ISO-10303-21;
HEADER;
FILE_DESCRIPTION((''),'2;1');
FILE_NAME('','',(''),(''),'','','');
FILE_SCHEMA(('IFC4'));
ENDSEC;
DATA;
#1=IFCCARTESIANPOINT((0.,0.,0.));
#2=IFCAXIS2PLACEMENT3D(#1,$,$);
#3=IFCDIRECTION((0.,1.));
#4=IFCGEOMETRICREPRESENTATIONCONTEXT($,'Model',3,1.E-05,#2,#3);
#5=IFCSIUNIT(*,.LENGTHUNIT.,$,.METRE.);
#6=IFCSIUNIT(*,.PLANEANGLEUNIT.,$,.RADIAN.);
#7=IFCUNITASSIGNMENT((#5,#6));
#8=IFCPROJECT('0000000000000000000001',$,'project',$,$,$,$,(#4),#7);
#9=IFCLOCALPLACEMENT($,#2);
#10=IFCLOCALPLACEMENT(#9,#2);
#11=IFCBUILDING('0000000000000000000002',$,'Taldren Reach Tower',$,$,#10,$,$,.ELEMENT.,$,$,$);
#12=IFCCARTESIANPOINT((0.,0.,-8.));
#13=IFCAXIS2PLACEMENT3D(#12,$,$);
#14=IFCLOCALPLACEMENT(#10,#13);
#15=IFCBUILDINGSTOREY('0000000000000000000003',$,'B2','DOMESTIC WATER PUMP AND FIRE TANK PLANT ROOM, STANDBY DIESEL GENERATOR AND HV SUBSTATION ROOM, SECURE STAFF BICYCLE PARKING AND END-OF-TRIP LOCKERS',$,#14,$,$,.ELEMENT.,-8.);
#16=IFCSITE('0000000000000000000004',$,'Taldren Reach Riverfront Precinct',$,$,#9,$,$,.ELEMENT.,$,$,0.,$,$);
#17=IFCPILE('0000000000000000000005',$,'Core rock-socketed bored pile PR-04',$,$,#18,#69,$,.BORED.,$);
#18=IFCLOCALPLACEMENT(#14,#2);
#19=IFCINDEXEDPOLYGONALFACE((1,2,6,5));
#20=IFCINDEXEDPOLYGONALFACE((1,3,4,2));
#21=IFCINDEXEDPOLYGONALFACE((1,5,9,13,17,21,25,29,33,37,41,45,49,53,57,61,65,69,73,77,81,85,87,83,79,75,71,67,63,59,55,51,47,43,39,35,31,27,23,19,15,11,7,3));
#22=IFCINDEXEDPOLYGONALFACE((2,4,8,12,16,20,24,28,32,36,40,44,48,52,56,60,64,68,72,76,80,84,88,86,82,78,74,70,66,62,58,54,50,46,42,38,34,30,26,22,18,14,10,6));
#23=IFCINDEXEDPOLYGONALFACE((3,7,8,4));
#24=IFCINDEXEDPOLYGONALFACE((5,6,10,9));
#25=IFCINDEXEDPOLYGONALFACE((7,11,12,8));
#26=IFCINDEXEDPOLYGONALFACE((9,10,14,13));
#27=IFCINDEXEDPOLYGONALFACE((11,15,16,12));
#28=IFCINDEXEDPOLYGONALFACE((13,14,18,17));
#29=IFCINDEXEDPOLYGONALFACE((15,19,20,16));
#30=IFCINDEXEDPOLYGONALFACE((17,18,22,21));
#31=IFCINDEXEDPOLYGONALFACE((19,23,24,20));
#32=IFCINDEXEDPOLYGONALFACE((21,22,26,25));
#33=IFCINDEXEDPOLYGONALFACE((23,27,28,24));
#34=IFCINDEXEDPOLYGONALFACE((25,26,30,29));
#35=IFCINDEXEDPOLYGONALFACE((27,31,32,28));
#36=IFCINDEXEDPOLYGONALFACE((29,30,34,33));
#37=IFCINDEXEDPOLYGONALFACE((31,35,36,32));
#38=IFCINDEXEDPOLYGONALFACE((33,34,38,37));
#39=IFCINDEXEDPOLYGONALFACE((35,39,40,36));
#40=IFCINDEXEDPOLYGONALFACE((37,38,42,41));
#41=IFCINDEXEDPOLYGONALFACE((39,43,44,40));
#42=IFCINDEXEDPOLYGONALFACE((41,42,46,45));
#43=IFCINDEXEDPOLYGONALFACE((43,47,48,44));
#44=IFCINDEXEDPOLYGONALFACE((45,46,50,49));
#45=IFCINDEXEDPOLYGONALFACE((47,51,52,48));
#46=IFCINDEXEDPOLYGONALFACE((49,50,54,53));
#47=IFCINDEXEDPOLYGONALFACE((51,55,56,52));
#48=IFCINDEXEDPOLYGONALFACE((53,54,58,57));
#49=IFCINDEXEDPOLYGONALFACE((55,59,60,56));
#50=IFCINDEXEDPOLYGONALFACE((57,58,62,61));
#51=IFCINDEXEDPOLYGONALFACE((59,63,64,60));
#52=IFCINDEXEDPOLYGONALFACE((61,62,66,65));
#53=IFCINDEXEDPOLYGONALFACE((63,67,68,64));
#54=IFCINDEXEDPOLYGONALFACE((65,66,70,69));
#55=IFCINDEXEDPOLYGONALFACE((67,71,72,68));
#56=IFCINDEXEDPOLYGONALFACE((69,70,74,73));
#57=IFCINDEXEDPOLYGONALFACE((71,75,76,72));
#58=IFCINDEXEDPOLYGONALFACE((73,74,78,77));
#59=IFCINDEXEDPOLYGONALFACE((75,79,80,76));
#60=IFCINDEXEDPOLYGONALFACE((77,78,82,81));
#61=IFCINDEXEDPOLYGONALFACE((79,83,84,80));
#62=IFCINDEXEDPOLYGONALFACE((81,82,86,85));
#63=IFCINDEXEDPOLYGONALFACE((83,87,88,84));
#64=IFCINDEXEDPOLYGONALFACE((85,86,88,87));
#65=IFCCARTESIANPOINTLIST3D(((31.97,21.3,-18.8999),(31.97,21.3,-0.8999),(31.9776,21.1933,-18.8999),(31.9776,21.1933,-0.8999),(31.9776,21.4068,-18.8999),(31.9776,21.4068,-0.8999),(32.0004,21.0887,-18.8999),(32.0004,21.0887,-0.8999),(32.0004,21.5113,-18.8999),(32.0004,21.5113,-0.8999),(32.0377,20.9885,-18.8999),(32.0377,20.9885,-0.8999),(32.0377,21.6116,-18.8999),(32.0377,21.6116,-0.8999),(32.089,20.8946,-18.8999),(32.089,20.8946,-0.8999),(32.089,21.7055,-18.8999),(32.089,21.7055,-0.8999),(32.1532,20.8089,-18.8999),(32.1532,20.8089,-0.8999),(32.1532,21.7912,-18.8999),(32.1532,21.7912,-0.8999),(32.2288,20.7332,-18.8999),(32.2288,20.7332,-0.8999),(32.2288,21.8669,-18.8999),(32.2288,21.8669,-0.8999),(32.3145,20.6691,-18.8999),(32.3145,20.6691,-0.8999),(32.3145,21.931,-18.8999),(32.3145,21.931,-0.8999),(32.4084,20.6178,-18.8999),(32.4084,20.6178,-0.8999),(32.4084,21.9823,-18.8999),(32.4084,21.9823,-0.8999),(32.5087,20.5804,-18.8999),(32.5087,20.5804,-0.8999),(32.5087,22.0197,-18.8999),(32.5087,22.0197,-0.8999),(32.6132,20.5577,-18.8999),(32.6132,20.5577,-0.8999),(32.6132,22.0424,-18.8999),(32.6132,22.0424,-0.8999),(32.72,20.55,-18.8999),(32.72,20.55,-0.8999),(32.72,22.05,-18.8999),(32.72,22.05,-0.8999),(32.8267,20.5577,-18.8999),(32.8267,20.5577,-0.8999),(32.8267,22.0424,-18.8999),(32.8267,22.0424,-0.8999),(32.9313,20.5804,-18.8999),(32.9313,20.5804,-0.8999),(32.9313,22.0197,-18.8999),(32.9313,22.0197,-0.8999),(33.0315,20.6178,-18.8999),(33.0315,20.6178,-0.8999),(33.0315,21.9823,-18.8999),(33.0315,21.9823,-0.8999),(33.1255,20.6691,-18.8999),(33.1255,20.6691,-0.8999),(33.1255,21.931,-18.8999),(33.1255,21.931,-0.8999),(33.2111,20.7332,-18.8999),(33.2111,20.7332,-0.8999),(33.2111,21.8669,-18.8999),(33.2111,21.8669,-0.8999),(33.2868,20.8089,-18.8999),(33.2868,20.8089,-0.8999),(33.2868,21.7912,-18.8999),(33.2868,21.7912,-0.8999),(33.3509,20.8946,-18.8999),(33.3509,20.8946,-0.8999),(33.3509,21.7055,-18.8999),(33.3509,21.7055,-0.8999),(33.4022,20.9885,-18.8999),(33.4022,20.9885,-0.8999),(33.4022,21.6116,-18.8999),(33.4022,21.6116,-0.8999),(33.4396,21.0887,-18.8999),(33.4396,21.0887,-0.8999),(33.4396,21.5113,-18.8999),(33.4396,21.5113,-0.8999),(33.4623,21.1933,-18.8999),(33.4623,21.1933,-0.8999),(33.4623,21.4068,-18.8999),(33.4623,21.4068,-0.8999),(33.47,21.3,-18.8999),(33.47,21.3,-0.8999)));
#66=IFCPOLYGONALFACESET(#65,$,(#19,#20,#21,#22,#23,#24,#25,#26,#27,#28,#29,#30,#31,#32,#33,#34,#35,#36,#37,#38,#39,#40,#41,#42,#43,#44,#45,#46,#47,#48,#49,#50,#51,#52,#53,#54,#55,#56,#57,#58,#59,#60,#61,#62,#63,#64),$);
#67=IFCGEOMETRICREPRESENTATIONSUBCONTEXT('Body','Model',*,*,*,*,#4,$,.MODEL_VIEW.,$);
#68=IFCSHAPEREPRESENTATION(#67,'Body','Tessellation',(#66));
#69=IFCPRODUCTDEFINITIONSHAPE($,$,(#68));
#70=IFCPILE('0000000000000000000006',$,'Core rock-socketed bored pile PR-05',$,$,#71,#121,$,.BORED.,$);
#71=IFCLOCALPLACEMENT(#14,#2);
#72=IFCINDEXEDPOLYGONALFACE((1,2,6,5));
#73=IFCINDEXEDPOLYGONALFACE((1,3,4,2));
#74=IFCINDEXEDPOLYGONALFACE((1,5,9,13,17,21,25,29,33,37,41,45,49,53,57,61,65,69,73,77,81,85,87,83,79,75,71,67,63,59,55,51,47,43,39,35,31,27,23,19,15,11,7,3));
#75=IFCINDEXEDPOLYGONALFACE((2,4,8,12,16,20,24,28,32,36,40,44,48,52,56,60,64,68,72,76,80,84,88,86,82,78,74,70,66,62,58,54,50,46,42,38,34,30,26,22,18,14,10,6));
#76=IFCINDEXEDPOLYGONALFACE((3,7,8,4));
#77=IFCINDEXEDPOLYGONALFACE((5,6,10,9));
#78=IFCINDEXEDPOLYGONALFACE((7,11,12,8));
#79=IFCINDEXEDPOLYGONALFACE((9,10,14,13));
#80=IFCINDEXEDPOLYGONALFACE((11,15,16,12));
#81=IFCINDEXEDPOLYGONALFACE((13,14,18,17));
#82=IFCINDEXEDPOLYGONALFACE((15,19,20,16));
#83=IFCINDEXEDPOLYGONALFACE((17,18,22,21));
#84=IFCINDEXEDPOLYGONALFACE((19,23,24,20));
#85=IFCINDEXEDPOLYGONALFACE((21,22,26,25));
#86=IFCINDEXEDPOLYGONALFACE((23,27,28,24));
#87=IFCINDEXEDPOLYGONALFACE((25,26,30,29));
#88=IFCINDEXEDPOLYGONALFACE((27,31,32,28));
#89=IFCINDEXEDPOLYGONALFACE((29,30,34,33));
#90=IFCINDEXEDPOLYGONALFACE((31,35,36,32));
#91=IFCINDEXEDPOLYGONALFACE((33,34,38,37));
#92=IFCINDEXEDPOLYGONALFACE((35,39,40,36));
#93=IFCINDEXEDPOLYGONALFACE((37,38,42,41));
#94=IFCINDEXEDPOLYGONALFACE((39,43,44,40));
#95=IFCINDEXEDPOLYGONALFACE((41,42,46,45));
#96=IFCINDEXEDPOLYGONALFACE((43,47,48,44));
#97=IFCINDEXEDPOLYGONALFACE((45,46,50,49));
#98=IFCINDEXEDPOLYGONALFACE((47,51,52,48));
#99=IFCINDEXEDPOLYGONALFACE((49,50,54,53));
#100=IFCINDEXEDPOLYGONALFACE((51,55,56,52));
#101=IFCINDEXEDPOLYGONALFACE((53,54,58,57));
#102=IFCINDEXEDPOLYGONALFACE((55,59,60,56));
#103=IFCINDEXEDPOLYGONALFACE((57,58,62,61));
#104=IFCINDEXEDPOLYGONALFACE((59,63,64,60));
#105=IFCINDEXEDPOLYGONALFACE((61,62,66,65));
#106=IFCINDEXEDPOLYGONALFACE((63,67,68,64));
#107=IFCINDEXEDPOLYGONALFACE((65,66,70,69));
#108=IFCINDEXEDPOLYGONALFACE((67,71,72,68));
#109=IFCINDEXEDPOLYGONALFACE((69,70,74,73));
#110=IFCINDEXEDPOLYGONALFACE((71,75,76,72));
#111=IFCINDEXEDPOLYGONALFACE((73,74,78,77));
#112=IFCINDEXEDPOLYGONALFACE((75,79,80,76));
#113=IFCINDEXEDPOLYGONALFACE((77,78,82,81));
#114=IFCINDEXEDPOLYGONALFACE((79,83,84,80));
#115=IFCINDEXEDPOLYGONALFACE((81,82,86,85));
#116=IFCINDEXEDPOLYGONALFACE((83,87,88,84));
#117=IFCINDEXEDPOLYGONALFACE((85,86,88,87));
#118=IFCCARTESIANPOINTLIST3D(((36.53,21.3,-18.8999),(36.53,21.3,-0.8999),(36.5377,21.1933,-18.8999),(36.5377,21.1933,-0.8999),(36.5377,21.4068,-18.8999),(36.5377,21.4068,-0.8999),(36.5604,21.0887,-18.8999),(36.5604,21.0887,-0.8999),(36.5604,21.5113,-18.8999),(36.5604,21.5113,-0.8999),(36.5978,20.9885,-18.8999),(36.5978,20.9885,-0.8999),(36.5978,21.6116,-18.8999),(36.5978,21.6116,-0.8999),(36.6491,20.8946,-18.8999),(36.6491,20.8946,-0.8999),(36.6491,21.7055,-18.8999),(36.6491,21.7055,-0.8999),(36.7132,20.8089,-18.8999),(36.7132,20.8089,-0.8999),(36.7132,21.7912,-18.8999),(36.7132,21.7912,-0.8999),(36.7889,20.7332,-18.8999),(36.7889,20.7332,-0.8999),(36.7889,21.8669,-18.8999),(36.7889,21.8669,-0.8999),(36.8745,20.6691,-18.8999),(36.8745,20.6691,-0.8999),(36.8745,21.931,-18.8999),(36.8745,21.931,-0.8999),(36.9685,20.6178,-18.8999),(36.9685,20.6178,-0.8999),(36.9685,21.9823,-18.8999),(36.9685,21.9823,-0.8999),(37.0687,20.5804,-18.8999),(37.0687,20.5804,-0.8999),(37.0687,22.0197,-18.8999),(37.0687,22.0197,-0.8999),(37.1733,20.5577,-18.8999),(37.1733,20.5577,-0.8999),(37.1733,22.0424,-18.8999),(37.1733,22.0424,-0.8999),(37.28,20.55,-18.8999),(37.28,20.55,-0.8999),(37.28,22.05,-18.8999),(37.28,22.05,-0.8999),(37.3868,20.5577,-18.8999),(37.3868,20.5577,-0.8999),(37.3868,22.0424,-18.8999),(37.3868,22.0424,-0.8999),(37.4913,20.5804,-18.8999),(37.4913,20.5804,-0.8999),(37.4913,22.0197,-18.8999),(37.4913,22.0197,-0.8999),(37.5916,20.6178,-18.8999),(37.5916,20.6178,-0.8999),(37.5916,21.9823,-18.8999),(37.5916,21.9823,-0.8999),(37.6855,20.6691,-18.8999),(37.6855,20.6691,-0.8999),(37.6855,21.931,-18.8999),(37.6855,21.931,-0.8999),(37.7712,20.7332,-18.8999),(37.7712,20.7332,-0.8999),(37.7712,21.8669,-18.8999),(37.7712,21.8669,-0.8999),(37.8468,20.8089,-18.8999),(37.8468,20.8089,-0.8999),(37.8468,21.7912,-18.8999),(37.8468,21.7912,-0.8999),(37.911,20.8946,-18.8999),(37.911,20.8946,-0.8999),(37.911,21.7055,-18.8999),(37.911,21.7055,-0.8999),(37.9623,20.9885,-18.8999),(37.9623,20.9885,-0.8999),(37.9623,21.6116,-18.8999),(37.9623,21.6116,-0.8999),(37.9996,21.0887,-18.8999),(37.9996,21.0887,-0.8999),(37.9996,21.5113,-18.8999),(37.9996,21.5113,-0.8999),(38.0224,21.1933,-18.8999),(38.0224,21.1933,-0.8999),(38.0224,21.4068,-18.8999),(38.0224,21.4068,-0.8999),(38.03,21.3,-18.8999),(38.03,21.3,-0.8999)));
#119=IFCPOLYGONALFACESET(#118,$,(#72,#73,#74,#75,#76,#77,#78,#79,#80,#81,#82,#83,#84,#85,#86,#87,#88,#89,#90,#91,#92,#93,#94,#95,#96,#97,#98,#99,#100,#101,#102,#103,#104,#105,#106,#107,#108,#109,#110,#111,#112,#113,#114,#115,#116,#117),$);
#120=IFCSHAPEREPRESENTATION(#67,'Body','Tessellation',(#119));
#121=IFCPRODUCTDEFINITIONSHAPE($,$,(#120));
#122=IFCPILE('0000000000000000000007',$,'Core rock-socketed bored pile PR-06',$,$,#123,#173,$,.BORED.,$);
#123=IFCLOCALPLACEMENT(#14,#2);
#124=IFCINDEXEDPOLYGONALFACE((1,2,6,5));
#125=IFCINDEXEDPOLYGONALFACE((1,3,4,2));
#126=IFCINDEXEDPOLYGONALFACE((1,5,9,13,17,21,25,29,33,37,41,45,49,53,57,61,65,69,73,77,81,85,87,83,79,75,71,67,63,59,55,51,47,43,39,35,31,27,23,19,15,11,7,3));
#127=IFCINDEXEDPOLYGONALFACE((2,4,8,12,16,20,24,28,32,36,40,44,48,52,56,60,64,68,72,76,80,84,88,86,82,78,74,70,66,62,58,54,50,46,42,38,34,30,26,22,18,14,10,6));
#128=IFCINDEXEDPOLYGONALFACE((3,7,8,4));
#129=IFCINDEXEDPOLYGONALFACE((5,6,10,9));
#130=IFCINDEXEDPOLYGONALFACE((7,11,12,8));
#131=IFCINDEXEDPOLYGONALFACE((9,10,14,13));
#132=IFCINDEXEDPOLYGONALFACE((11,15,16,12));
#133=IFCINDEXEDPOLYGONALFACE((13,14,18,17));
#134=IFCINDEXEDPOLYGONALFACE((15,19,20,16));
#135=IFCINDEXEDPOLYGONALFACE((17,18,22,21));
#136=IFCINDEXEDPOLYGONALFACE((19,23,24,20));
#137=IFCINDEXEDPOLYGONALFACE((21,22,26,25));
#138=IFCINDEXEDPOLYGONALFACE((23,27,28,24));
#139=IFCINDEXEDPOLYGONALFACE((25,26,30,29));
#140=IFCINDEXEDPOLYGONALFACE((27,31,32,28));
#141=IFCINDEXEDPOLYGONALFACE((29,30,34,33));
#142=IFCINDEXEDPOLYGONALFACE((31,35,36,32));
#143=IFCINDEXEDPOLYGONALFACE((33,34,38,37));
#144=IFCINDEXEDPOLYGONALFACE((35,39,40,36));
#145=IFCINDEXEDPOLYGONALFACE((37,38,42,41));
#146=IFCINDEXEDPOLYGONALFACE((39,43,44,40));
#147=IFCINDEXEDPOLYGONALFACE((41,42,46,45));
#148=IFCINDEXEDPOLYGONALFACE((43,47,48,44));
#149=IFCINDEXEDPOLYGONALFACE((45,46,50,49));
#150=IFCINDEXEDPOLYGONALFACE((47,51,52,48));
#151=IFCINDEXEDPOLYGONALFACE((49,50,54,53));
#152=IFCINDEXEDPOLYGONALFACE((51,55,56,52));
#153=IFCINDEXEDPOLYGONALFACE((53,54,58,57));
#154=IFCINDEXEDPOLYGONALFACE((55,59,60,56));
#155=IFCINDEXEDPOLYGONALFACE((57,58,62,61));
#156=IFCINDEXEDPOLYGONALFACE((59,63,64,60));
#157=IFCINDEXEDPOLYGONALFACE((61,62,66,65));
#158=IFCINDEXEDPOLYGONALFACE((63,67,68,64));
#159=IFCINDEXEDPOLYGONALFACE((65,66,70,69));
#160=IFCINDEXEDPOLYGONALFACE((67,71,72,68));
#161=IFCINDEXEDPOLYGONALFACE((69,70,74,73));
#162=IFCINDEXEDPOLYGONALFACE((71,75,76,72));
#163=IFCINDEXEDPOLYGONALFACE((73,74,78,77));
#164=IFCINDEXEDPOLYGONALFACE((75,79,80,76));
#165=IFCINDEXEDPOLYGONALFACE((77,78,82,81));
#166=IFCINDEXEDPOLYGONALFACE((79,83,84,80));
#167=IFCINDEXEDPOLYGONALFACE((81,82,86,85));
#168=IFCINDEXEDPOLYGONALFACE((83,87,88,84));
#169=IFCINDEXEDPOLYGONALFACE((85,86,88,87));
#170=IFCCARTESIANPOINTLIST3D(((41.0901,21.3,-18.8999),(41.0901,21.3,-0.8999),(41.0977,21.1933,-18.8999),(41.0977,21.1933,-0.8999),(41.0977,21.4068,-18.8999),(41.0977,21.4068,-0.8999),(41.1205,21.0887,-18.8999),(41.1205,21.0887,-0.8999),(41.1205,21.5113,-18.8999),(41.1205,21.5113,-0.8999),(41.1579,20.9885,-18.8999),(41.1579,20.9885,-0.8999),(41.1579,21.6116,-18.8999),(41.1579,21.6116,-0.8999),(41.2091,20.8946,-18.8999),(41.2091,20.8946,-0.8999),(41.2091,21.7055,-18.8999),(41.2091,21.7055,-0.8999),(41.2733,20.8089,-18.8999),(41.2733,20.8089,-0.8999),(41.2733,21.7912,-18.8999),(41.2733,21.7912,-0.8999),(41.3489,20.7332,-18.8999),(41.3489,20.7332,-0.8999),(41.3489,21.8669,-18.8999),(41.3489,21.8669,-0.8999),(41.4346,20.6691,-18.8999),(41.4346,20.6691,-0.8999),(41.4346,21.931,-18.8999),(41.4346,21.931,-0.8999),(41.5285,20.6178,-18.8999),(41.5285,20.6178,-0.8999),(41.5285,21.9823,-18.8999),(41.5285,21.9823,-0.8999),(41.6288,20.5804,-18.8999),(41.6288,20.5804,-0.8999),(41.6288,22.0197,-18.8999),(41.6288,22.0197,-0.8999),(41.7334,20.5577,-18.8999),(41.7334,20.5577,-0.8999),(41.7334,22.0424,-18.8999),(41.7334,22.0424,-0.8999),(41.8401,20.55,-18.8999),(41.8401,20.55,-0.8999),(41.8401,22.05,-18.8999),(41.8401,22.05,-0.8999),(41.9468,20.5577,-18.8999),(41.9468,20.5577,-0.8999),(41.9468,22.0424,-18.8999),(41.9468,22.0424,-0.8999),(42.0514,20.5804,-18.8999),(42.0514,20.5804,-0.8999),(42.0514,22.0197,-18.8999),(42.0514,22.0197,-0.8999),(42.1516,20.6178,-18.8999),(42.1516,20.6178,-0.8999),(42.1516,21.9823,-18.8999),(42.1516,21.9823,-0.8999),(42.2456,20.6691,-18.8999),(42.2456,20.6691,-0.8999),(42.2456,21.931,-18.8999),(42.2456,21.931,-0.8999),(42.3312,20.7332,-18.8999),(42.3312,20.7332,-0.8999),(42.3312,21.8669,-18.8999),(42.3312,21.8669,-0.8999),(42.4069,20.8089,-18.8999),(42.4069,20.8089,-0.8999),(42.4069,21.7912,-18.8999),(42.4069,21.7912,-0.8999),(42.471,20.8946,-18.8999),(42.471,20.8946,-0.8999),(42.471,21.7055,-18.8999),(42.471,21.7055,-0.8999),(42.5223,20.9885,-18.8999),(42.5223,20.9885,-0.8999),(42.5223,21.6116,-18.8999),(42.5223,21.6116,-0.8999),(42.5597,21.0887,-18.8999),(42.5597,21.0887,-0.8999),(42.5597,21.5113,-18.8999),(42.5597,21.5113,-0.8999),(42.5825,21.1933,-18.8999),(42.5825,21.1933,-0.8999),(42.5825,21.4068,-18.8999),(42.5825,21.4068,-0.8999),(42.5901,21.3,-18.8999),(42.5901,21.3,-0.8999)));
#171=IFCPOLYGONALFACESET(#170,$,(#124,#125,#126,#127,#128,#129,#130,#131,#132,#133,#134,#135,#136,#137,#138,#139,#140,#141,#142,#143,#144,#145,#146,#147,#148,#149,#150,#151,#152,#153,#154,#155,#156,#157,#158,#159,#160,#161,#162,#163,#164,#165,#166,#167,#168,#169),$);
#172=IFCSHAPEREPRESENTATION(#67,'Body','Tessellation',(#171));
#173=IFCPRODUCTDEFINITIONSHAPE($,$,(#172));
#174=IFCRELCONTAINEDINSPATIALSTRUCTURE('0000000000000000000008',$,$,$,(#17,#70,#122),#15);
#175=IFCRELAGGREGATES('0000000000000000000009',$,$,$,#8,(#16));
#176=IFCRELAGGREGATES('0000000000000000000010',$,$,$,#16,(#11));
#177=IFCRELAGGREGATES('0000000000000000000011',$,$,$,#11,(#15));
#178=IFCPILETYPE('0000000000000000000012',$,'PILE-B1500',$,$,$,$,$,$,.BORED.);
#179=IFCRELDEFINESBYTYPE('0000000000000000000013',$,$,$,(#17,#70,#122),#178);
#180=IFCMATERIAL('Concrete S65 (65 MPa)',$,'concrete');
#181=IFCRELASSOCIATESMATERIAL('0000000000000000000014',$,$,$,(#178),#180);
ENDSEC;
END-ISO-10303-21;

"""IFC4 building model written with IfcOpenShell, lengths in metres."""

from ifc_helpers import new_model, si_unit, direction, frame, origin, origin_2d, place, context, subcontext, project, spatial, circle, extrude, source, transform, mapped, material, material_profile, profile_set, type_object, element, save


model = new_model("IFC4")

# Units and contexts
model_context = context("Model", 3, precision=1e-05, world=origin(), true_north=direction((0.0, 1.0)))
body_context = subcontext(model_context, "Body", "Model", "MODEL_VIEW")
ifc_project = project(units=[si_unit("LENGTHUNIT", "METRE"), si_unit("PLANEANGLEUNIT", "RADIAN")], contexts=[model_context])

# Site, building, storey
site_placement = place(None, origin())
site = spatial("IfcSite", under=ifc_project, at=site_placement, Name="Taldren Reach Riverfront Precinct", CompositionType="ELEMENT", RefElevation=0.0)
building_placement = place(site_placement, origin())
building = spatial("IfcBuilding", under=site, at=building_placement, Name="Taldren Reach Tower", CompositionType="ELEMENT")
storey_placement = place(building_placement, frame((0.0, 0.0, -8.0)))
storey = spatial("IfcBuildingStorey", under=building, at=storey_placement, Name="B2", Description="DOMESTIC WATER PUMP AND FIRE TANK PLANT ROOM, STANDBY DIESEL GENERATOR AND HV SUBSTATION ROOM, SECURE STAFF BICYCLE PARKING AND END-OF-TRIP LOCKERS", CompositionType="ELEMENT", Elevation=-8.0)

# Piles
ifc_material_1 = material(Name="Concrete S65 (65 MPa)", Category="concrete")
ifc_material_profile_1 = material_profile(ifc_material_1, circle(Radius=0.75, at=origin_2d()), Name="PB-1500")
ifc_profile_set_1 = profile_set([ifc_material_profile_1], Name="Concrete S65 (65 MPa)")
pile_type_1 = type_object("IfcPileType", Name="PILE-B1500", PredefinedType="BORED", material=ifc_profile_set_1)
shared_shape_1 = source(origin(), body_context, "Body", "SweptSolid", [
    extrude(circle(Radius=0.75, at=origin_2d()), origin(), (0.0, 0.0, 1.0), 18.0),
])
for number, where, z_axis, x_axis, name in (
    (1, (32.72, 21.3, -0.8999), (0.0, 0.0, -1.0), (1.0, 0.0, 0.0), "Core rock-socketed bored pile PR-04"),
    (2, (37.28, 21.3, -0.8999), (0.0, 0.0, -1.0), (1.0, 0.0, 0.0), "Core rock-socketed bored pile PR-05"),
    (3, (41.8401, 21.3, -0.8999), (0.0, 0.0, -1.0), (1.0, 0.0, 0.0), "Core rock-socketed bored pile PR-06"),
):
    element("IfcPile", number, at=place(storey_placement, frame(where, z_axis=z_axis, x_axis=x_axis)), inside=storey, type_object=pile_type_1, Name=name, PredefinedType="BORED", context=body_context, shape_type="MappedRepresentation", body=[
        mapped(shared_shape_1, transform((0.0, 0.0, 0.0), scale=1.0)),
    ])

save(model, "model.ifc")
